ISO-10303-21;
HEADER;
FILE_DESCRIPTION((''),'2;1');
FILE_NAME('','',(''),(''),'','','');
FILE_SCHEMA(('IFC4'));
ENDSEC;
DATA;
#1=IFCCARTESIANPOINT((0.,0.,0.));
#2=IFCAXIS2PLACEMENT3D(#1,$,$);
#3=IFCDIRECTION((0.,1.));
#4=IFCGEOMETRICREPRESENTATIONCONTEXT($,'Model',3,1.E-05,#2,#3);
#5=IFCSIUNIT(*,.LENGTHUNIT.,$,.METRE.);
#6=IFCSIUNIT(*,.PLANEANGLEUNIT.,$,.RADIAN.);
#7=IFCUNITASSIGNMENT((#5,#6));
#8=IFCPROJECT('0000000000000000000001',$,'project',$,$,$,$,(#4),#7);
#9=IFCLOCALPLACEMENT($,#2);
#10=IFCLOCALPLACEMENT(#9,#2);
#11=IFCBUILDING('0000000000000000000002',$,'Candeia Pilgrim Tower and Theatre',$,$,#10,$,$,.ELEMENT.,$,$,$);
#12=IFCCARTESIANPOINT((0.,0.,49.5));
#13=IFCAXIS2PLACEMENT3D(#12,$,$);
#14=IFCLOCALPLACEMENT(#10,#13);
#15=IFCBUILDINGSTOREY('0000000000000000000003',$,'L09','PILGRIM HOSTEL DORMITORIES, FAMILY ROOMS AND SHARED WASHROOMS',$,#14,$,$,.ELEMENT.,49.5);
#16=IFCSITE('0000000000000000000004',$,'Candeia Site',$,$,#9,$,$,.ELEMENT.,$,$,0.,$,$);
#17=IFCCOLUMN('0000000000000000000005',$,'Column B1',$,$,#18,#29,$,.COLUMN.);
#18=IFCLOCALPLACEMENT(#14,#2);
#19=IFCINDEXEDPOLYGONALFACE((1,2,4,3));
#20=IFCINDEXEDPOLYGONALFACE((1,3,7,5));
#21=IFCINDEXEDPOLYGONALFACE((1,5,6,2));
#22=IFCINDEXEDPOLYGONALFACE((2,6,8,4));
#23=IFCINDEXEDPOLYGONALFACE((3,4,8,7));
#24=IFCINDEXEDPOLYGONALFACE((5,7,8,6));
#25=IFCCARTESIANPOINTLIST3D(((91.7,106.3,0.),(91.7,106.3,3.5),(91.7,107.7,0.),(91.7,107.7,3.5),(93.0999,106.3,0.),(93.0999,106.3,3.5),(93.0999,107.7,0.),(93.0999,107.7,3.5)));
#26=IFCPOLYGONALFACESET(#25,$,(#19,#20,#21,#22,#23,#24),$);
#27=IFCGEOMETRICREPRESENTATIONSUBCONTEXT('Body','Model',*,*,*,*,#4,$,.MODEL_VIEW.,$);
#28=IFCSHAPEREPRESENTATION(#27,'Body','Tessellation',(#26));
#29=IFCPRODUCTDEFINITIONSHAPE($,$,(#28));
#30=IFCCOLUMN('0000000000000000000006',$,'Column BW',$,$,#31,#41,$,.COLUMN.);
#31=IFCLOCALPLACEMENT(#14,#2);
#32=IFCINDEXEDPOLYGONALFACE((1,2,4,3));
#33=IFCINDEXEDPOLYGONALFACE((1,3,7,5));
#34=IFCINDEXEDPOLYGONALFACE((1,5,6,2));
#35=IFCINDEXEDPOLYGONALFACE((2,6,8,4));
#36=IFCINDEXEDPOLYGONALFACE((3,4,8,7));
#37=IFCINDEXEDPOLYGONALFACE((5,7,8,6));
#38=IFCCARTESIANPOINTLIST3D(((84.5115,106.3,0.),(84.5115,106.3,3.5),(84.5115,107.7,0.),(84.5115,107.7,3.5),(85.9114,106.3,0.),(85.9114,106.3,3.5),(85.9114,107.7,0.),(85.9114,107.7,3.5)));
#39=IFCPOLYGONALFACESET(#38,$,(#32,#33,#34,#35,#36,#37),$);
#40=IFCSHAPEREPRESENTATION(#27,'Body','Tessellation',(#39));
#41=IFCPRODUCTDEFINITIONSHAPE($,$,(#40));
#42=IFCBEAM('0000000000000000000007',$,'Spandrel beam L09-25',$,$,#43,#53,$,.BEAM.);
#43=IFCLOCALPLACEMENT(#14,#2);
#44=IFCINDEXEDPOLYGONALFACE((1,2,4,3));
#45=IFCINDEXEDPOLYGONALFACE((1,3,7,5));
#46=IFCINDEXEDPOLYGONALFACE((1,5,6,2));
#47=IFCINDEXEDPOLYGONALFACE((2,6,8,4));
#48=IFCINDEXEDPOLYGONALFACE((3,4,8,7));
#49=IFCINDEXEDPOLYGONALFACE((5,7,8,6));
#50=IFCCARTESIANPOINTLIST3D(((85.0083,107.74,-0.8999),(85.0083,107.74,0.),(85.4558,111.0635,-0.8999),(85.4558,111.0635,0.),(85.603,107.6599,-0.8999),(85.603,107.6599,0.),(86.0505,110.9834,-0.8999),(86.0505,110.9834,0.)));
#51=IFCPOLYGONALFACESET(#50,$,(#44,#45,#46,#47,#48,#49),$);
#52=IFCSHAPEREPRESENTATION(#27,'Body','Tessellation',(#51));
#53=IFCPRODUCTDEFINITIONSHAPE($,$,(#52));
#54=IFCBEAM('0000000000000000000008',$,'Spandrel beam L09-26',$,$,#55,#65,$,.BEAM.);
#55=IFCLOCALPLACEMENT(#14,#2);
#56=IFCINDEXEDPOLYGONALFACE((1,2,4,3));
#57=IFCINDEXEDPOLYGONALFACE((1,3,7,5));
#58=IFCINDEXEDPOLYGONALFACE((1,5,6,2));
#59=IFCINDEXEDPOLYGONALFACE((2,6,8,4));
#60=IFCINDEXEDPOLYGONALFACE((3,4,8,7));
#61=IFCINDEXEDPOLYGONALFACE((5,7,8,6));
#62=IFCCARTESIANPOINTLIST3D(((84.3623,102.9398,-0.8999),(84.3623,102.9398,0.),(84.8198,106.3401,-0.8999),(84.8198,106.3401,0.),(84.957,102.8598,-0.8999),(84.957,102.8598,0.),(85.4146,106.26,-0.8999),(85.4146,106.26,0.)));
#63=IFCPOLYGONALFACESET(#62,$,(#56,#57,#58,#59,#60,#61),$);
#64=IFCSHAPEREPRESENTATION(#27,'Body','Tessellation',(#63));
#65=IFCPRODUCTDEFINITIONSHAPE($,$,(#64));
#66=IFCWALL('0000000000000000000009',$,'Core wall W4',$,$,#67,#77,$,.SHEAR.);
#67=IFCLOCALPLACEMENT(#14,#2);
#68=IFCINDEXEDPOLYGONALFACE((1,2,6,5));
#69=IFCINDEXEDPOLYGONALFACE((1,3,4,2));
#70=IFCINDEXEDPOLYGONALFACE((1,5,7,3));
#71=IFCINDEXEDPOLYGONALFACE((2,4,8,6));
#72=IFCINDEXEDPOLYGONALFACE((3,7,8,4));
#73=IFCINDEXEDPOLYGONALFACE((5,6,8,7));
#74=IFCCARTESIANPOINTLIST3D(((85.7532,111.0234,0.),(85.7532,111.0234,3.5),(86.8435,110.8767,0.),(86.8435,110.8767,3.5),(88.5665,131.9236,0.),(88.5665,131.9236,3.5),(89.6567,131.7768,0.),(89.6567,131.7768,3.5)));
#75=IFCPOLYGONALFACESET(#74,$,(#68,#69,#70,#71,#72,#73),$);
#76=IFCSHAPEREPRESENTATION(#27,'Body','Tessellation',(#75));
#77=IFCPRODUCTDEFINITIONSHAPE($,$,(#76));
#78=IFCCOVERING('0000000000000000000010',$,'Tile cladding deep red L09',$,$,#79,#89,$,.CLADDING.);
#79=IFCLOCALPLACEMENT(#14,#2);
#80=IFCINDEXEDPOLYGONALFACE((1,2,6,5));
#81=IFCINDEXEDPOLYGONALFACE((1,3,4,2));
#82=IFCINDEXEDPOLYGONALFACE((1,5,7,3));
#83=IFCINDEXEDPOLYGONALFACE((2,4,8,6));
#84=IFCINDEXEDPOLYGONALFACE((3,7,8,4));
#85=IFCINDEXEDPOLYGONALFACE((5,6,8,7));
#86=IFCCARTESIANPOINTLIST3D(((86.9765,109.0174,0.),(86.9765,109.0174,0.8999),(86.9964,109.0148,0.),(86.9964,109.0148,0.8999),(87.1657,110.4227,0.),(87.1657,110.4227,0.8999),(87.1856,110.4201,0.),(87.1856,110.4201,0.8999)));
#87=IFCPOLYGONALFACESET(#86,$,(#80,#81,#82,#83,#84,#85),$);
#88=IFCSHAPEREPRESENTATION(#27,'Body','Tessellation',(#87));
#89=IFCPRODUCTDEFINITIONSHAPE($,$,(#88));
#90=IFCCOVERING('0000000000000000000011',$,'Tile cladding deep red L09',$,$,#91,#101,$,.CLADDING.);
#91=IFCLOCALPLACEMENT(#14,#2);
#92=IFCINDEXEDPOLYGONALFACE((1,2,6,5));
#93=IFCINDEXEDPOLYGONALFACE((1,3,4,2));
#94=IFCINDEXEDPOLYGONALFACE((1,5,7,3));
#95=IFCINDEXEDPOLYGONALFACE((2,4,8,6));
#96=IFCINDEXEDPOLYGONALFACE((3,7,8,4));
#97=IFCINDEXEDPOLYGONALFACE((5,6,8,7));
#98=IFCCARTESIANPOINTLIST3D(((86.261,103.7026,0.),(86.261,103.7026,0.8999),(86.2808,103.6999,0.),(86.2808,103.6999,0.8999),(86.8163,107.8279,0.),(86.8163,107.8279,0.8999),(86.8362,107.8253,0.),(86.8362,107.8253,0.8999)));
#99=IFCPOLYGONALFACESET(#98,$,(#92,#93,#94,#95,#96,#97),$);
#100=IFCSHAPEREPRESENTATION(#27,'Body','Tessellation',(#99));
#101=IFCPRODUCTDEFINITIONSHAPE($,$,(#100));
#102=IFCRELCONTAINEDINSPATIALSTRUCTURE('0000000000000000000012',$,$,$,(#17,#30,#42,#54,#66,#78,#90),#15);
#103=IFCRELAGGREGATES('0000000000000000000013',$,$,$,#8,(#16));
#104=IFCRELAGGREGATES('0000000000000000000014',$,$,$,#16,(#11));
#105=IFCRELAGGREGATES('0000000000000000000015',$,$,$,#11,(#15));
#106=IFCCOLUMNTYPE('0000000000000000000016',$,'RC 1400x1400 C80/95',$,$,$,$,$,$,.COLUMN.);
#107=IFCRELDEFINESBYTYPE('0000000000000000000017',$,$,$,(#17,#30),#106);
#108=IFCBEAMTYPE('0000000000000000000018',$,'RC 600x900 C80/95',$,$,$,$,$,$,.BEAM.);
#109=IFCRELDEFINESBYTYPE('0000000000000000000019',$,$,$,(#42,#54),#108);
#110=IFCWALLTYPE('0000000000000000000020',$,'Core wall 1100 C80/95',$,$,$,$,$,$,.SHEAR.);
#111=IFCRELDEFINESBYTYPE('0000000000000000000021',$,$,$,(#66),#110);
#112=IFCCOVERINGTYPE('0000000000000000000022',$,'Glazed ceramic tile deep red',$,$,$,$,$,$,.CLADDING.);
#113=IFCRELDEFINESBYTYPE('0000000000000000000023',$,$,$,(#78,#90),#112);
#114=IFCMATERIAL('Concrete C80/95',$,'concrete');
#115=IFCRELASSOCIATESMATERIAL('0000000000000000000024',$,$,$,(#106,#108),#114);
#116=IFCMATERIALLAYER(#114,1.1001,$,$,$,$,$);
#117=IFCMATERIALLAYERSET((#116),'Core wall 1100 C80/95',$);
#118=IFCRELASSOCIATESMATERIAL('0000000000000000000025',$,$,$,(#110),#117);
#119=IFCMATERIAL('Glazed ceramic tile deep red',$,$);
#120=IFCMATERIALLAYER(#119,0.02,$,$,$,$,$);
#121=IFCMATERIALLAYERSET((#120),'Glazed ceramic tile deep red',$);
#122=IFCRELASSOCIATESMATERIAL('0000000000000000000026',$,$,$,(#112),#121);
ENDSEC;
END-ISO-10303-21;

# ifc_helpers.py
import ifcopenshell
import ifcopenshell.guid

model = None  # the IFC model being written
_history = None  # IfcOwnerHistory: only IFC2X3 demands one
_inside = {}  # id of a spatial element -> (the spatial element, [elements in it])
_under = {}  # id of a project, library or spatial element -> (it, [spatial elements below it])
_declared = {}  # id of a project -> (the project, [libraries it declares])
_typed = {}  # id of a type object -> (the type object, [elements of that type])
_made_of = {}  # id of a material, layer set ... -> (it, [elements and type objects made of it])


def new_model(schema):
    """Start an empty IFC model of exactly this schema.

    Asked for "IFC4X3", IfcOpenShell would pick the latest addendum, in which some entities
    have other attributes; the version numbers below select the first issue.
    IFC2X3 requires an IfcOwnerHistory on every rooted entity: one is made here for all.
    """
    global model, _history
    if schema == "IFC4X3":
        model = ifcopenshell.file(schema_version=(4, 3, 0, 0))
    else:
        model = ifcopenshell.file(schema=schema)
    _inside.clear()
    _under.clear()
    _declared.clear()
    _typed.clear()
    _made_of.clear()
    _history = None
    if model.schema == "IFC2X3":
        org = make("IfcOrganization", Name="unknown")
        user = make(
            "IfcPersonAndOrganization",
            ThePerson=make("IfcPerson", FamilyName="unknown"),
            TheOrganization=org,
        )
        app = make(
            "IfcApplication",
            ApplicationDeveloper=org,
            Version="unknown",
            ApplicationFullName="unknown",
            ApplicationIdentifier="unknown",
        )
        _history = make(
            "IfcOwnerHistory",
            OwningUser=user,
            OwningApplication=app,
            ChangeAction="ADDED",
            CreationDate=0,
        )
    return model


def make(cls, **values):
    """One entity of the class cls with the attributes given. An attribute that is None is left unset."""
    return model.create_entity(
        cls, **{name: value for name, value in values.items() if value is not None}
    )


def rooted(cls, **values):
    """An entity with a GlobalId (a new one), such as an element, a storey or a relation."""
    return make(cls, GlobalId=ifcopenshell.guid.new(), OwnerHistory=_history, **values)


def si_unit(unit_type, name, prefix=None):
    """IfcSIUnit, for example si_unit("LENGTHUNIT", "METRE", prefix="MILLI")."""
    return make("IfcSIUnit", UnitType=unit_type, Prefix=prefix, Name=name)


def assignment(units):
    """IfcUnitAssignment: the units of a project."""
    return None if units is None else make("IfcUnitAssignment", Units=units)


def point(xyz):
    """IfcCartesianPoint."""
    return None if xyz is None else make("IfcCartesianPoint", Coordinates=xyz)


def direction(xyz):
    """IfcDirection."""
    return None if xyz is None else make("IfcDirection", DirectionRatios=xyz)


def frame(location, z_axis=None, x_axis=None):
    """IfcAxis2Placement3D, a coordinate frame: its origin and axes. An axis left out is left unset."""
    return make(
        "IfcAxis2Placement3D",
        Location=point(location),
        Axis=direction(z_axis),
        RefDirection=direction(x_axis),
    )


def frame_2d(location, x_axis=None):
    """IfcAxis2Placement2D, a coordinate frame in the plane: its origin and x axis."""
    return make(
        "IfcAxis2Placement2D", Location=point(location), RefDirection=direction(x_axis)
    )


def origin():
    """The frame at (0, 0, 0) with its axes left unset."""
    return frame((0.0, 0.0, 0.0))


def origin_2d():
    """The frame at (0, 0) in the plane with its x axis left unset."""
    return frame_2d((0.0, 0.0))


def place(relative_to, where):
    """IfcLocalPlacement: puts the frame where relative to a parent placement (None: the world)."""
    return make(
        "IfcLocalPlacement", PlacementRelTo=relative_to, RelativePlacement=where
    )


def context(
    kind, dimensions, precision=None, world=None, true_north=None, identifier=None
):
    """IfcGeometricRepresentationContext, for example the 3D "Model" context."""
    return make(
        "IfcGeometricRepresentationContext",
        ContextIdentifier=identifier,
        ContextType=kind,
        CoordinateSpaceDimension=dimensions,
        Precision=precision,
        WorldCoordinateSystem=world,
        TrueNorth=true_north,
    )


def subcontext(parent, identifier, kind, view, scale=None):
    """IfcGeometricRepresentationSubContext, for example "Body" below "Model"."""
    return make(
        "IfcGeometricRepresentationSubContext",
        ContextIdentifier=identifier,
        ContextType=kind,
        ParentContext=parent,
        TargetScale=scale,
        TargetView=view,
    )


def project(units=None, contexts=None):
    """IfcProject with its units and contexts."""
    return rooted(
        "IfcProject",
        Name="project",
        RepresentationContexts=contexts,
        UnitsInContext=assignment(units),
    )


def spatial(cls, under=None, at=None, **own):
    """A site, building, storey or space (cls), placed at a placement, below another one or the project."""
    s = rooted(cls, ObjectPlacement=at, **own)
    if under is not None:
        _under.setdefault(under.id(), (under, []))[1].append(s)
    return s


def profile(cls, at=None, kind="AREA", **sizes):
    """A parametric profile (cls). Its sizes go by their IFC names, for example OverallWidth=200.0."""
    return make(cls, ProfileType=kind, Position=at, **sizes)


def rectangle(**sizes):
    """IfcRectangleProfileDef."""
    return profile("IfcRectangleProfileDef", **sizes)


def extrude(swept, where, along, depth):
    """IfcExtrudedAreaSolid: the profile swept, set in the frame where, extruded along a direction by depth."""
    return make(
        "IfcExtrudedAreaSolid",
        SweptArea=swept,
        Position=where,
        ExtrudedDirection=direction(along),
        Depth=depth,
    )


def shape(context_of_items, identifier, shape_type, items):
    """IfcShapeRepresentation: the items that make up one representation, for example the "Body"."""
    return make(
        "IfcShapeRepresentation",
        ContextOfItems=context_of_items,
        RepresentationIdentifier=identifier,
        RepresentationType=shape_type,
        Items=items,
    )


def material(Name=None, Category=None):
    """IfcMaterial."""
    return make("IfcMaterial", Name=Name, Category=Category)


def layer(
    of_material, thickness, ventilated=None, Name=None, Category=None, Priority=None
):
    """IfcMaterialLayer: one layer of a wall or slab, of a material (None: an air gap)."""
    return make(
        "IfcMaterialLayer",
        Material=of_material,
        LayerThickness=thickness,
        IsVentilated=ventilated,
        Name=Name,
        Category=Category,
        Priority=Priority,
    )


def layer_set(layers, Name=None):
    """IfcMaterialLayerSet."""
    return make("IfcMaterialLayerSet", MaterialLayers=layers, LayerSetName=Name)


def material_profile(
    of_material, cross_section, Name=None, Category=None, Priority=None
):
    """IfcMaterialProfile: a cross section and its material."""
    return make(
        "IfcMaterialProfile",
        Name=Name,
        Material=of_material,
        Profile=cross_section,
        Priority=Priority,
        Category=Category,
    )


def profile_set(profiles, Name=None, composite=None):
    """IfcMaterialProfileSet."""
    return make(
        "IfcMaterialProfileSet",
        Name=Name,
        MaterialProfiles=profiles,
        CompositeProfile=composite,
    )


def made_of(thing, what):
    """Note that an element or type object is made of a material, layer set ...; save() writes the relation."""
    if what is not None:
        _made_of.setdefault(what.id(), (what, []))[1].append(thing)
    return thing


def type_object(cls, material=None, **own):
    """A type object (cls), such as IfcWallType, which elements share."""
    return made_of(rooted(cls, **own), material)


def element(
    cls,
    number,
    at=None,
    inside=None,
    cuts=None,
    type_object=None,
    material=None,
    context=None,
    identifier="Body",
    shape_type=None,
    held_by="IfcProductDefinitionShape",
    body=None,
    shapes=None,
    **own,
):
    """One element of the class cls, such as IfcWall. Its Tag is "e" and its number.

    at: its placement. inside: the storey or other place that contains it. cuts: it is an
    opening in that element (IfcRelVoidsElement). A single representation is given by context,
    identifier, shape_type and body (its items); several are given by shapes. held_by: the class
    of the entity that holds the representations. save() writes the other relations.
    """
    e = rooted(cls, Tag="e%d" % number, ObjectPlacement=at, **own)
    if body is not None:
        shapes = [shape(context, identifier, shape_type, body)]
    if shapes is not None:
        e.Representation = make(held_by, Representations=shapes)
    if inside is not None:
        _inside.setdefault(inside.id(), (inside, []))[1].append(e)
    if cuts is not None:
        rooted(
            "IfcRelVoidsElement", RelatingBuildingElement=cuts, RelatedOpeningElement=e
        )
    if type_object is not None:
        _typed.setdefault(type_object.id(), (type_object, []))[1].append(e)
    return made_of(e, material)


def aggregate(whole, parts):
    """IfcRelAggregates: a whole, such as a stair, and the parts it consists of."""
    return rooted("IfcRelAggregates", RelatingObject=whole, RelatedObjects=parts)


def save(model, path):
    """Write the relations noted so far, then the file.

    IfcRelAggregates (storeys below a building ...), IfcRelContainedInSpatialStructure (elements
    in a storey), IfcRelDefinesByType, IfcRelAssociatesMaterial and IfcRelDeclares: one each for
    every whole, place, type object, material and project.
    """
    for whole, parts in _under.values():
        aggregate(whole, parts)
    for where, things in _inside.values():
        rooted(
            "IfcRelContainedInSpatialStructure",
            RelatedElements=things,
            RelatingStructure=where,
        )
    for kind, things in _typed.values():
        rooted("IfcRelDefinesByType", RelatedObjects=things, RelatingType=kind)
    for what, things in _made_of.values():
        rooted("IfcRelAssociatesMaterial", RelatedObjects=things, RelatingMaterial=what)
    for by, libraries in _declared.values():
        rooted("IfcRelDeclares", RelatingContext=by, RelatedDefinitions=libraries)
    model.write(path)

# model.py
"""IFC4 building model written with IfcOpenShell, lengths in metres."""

from ifc_helpers import new_model, si_unit, direction, frame, frame_2d, origin, origin_2d, place, context, subcontext, project, spatial, rectangle, extrude, material, layer, layer_set, material_profile, profile_set, type_object, element, save


model = new_model("IFC4")

# Units and contexts
model_context = context("Model", 3, precision=1e-05, world=origin(), true_north=direction((0.0, 1.0)))
body_context = subcontext(model_context, "Body", "Model", "MODEL_VIEW")
ifc_project = project(units=[si_unit("LENGTHUNIT", "METRE"), si_unit("PLANEANGLEUNIT", "RADIAN")], contexts=[model_context])

# Site, building, storey
site_placement = place(None, origin())
site = spatial("IfcSite", under=ifc_project, at=site_placement, Name="Candeia Site", CompositionType="ELEMENT", RefElevation=0.0)
building_placement = place(site_placement, origin())
building = spatial("IfcBuilding", under=site, at=building_placement, Name="Candeia Pilgrim Tower and Theatre", CompositionType="ELEMENT")
storey_placement = place(building_placement, frame((0.0, 0.0, 49.5)))
storey = spatial("IfcBuildingStorey", under=building, at=storey_placement, Name="L09", Description="PILGRIM HOSTEL DORMITORIES, FAMILY ROOMS AND SHARED WASHROOMS", CompositionType="ELEMENT", Elevation=49.5)

# Columns
ifc_material_1 = material(Name="Concrete C80/95", Category="concrete")
ifc_material_profile_1 = material_profile(ifc_material_1, rectangle(XDim=1.3999, YDim=1.3999, at=origin_2d()))
ifc_profile_set_1 = profile_set([ifc_material_profile_1], Name="Concrete C80/95")
column_type = type_object("IfcColumnType", Name="RC 1400x1400 C80/95", PredefinedType="COLUMN", material=ifc_profile_set_1)
for number, where, z_axis, x_axis, name in (
    (1, (92.3999, 107.0, 0.0), (0.0, 0.0, 1.0), (1.0, 0.0, 0.0), "Column B1"),
    (2, (85.2114, 107.0, 0.0), (0.0, 0.0, 1.0), (1.0, 0.0, 0.0), "Column BW"),
):
    element("IfcColumn", number, at=place(storey_placement, frame(where, z_axis=z_axis, x_axis=x_axis)), inside=storey, type_object=column_type, Name=name, PredefinedType="COLUMN", context=body_context, shape_type="SweptSolid", body=[
        extrude(rectangle(XDim=1.3999, YDim=1.3999, at=origin_2d()), origin(), (0.0, 0.0, 1.0), 3.5),
    ])

# Beams
ifc_material_profile_2 = material_profile(ifc_material_1, rectangle(XDim=0.6001, YDim=0.8999, at=origin_2d()))
ifc_profile_set_2 = profile_set([ifc_material_profile_2], Name="Concrete C80/95")
beam_type = type_object("IfcBeamType", Name="RC 600x900 C80/95", PredefinedType="BEAM", material=ifc_profile_set_2)
beam_1_placement = place(storey_placement, frame((85.7532, 111.0234, -0.45), z_axis=(-0.133446, -0.991056, 0.0), x_axis=(0.991056, -0.133446, 0.0)))
element("IfcBeam", 3, at=beam_1_placement, inside=storey, type_object=beam_type, Name="Spandrel beam L09-25", PredefinedType="BEAM", context=body_context, shape_type="SweptSolid", body=[
    extrude(rectangle(XDim=0.6001, YDim=0.8999, at=origin_2d()), origin(), (0.0, 0.0, 1.0), 3.3535),
])
beam_2_placement = place(storey_placement, frame((85.1172, 106.3, -0.45), z_axis=(-0.133357, -0.991068, 0.0), x_axis=(0.991068, -0.133357, 0.0)))
element("IfcBeam", 4, at=beam_2_placement, inside=storey, type_object=beam_type, Name="Spandrel beam L09-26", PredefinedType="BEAM", context=body_context, shape_type="SweptSolid", body=[
    extrude(rectangle(XDim=0.6001, YDim=0.8999, at=origin_2d()), origin(), (0.0, 0.0, 1.0), 3.4309),
])

# Wall
ifc_layer_1 = layer(ifc_material_1, 1.1001)
ifc_layer_set_1 = layer_set([ifc_layer_1], Name="Core wall 1100 C80/95")
wall_type_1 = type_object("IfcWallType", Name="Core wall 1100 C80/95", PredefinedType="SHEAR", material=ifc_layer_set_1)
wall_1_placement = place(storey_placement, frame((86.2983, 110.95, 0.0), z_axis=(0.0, 0.0, 1.0), x_axis=(0.1334, 0.991062, 0.0)))
element("IfcWall", 5, at=wall_1_placement, inside=storey, type_object=wall_type_1, Name="Core wall W4", PredefinedType="SHEAR", context=body_context, shape_type="SweptSolid", body=[
    extrude(rectangle(XDim=21.0886, YDim=1.1001, at=frame_2d((10.5444, 0.0))), origin(), (0.0, 0.0, 1.0), 3.5),
])

# Coverings
ifc_material_2 = material(Name="Glazed ceramic tile deep red")
ifc_layer_2 = layer(ifc_material_2, 0.02)
ifc_layer_set_2 = layer_set([ifc_layer_2], Name="Glazed ceramic tile deep red")
covering_type = type_object("IfcCoveringType", Name="Glazed ceramic tile deep red", PredefinedType="CLADDING", material=ifc_layer_set_2)
covering_1_placement = place(storey_placement, frame((87.0811, 109.7188, 0.0), z_axis=(0.0, 0.0, 1.0), x_axis=(-0.133412, -0.991061, 0.0)))
element("IfcCovering", 6, at=covering_1_placement, inside=storey, type_object=covering_type, Name="Tile cladding deep red L09", PredefinedType="CLADDING", context=body_context, shape_type="SweptSolid", body=[
    extrude(rectangle(XDim=1.418, YDim=0.02, at=origin_2d()), origin(), (0.0, 0.0, 1.0), 0.8999),
])
covering_2_placement = place(storey_placement, frame((86.5486, 105.7639, 0.0), z_axis=(0.0, 0.0, 1.0), x_axis=(-0.133412, -0.991061, 0.0)))
element("IfcCovering", 7, at=covering_2_placement, inside=storey, type_object=covering_type, Name="Tile cladding deep red L09", PredefinedType="CLADDING", context=body_context, shape_type="SweptSolid", body=[
    extrude(rectangle(XDim=4.1626, YDim=0.02, at=origin_2d()), origin(), (0.0, 0.0, 1.0), 0.8999),
])

save(model, "model.ifc")
